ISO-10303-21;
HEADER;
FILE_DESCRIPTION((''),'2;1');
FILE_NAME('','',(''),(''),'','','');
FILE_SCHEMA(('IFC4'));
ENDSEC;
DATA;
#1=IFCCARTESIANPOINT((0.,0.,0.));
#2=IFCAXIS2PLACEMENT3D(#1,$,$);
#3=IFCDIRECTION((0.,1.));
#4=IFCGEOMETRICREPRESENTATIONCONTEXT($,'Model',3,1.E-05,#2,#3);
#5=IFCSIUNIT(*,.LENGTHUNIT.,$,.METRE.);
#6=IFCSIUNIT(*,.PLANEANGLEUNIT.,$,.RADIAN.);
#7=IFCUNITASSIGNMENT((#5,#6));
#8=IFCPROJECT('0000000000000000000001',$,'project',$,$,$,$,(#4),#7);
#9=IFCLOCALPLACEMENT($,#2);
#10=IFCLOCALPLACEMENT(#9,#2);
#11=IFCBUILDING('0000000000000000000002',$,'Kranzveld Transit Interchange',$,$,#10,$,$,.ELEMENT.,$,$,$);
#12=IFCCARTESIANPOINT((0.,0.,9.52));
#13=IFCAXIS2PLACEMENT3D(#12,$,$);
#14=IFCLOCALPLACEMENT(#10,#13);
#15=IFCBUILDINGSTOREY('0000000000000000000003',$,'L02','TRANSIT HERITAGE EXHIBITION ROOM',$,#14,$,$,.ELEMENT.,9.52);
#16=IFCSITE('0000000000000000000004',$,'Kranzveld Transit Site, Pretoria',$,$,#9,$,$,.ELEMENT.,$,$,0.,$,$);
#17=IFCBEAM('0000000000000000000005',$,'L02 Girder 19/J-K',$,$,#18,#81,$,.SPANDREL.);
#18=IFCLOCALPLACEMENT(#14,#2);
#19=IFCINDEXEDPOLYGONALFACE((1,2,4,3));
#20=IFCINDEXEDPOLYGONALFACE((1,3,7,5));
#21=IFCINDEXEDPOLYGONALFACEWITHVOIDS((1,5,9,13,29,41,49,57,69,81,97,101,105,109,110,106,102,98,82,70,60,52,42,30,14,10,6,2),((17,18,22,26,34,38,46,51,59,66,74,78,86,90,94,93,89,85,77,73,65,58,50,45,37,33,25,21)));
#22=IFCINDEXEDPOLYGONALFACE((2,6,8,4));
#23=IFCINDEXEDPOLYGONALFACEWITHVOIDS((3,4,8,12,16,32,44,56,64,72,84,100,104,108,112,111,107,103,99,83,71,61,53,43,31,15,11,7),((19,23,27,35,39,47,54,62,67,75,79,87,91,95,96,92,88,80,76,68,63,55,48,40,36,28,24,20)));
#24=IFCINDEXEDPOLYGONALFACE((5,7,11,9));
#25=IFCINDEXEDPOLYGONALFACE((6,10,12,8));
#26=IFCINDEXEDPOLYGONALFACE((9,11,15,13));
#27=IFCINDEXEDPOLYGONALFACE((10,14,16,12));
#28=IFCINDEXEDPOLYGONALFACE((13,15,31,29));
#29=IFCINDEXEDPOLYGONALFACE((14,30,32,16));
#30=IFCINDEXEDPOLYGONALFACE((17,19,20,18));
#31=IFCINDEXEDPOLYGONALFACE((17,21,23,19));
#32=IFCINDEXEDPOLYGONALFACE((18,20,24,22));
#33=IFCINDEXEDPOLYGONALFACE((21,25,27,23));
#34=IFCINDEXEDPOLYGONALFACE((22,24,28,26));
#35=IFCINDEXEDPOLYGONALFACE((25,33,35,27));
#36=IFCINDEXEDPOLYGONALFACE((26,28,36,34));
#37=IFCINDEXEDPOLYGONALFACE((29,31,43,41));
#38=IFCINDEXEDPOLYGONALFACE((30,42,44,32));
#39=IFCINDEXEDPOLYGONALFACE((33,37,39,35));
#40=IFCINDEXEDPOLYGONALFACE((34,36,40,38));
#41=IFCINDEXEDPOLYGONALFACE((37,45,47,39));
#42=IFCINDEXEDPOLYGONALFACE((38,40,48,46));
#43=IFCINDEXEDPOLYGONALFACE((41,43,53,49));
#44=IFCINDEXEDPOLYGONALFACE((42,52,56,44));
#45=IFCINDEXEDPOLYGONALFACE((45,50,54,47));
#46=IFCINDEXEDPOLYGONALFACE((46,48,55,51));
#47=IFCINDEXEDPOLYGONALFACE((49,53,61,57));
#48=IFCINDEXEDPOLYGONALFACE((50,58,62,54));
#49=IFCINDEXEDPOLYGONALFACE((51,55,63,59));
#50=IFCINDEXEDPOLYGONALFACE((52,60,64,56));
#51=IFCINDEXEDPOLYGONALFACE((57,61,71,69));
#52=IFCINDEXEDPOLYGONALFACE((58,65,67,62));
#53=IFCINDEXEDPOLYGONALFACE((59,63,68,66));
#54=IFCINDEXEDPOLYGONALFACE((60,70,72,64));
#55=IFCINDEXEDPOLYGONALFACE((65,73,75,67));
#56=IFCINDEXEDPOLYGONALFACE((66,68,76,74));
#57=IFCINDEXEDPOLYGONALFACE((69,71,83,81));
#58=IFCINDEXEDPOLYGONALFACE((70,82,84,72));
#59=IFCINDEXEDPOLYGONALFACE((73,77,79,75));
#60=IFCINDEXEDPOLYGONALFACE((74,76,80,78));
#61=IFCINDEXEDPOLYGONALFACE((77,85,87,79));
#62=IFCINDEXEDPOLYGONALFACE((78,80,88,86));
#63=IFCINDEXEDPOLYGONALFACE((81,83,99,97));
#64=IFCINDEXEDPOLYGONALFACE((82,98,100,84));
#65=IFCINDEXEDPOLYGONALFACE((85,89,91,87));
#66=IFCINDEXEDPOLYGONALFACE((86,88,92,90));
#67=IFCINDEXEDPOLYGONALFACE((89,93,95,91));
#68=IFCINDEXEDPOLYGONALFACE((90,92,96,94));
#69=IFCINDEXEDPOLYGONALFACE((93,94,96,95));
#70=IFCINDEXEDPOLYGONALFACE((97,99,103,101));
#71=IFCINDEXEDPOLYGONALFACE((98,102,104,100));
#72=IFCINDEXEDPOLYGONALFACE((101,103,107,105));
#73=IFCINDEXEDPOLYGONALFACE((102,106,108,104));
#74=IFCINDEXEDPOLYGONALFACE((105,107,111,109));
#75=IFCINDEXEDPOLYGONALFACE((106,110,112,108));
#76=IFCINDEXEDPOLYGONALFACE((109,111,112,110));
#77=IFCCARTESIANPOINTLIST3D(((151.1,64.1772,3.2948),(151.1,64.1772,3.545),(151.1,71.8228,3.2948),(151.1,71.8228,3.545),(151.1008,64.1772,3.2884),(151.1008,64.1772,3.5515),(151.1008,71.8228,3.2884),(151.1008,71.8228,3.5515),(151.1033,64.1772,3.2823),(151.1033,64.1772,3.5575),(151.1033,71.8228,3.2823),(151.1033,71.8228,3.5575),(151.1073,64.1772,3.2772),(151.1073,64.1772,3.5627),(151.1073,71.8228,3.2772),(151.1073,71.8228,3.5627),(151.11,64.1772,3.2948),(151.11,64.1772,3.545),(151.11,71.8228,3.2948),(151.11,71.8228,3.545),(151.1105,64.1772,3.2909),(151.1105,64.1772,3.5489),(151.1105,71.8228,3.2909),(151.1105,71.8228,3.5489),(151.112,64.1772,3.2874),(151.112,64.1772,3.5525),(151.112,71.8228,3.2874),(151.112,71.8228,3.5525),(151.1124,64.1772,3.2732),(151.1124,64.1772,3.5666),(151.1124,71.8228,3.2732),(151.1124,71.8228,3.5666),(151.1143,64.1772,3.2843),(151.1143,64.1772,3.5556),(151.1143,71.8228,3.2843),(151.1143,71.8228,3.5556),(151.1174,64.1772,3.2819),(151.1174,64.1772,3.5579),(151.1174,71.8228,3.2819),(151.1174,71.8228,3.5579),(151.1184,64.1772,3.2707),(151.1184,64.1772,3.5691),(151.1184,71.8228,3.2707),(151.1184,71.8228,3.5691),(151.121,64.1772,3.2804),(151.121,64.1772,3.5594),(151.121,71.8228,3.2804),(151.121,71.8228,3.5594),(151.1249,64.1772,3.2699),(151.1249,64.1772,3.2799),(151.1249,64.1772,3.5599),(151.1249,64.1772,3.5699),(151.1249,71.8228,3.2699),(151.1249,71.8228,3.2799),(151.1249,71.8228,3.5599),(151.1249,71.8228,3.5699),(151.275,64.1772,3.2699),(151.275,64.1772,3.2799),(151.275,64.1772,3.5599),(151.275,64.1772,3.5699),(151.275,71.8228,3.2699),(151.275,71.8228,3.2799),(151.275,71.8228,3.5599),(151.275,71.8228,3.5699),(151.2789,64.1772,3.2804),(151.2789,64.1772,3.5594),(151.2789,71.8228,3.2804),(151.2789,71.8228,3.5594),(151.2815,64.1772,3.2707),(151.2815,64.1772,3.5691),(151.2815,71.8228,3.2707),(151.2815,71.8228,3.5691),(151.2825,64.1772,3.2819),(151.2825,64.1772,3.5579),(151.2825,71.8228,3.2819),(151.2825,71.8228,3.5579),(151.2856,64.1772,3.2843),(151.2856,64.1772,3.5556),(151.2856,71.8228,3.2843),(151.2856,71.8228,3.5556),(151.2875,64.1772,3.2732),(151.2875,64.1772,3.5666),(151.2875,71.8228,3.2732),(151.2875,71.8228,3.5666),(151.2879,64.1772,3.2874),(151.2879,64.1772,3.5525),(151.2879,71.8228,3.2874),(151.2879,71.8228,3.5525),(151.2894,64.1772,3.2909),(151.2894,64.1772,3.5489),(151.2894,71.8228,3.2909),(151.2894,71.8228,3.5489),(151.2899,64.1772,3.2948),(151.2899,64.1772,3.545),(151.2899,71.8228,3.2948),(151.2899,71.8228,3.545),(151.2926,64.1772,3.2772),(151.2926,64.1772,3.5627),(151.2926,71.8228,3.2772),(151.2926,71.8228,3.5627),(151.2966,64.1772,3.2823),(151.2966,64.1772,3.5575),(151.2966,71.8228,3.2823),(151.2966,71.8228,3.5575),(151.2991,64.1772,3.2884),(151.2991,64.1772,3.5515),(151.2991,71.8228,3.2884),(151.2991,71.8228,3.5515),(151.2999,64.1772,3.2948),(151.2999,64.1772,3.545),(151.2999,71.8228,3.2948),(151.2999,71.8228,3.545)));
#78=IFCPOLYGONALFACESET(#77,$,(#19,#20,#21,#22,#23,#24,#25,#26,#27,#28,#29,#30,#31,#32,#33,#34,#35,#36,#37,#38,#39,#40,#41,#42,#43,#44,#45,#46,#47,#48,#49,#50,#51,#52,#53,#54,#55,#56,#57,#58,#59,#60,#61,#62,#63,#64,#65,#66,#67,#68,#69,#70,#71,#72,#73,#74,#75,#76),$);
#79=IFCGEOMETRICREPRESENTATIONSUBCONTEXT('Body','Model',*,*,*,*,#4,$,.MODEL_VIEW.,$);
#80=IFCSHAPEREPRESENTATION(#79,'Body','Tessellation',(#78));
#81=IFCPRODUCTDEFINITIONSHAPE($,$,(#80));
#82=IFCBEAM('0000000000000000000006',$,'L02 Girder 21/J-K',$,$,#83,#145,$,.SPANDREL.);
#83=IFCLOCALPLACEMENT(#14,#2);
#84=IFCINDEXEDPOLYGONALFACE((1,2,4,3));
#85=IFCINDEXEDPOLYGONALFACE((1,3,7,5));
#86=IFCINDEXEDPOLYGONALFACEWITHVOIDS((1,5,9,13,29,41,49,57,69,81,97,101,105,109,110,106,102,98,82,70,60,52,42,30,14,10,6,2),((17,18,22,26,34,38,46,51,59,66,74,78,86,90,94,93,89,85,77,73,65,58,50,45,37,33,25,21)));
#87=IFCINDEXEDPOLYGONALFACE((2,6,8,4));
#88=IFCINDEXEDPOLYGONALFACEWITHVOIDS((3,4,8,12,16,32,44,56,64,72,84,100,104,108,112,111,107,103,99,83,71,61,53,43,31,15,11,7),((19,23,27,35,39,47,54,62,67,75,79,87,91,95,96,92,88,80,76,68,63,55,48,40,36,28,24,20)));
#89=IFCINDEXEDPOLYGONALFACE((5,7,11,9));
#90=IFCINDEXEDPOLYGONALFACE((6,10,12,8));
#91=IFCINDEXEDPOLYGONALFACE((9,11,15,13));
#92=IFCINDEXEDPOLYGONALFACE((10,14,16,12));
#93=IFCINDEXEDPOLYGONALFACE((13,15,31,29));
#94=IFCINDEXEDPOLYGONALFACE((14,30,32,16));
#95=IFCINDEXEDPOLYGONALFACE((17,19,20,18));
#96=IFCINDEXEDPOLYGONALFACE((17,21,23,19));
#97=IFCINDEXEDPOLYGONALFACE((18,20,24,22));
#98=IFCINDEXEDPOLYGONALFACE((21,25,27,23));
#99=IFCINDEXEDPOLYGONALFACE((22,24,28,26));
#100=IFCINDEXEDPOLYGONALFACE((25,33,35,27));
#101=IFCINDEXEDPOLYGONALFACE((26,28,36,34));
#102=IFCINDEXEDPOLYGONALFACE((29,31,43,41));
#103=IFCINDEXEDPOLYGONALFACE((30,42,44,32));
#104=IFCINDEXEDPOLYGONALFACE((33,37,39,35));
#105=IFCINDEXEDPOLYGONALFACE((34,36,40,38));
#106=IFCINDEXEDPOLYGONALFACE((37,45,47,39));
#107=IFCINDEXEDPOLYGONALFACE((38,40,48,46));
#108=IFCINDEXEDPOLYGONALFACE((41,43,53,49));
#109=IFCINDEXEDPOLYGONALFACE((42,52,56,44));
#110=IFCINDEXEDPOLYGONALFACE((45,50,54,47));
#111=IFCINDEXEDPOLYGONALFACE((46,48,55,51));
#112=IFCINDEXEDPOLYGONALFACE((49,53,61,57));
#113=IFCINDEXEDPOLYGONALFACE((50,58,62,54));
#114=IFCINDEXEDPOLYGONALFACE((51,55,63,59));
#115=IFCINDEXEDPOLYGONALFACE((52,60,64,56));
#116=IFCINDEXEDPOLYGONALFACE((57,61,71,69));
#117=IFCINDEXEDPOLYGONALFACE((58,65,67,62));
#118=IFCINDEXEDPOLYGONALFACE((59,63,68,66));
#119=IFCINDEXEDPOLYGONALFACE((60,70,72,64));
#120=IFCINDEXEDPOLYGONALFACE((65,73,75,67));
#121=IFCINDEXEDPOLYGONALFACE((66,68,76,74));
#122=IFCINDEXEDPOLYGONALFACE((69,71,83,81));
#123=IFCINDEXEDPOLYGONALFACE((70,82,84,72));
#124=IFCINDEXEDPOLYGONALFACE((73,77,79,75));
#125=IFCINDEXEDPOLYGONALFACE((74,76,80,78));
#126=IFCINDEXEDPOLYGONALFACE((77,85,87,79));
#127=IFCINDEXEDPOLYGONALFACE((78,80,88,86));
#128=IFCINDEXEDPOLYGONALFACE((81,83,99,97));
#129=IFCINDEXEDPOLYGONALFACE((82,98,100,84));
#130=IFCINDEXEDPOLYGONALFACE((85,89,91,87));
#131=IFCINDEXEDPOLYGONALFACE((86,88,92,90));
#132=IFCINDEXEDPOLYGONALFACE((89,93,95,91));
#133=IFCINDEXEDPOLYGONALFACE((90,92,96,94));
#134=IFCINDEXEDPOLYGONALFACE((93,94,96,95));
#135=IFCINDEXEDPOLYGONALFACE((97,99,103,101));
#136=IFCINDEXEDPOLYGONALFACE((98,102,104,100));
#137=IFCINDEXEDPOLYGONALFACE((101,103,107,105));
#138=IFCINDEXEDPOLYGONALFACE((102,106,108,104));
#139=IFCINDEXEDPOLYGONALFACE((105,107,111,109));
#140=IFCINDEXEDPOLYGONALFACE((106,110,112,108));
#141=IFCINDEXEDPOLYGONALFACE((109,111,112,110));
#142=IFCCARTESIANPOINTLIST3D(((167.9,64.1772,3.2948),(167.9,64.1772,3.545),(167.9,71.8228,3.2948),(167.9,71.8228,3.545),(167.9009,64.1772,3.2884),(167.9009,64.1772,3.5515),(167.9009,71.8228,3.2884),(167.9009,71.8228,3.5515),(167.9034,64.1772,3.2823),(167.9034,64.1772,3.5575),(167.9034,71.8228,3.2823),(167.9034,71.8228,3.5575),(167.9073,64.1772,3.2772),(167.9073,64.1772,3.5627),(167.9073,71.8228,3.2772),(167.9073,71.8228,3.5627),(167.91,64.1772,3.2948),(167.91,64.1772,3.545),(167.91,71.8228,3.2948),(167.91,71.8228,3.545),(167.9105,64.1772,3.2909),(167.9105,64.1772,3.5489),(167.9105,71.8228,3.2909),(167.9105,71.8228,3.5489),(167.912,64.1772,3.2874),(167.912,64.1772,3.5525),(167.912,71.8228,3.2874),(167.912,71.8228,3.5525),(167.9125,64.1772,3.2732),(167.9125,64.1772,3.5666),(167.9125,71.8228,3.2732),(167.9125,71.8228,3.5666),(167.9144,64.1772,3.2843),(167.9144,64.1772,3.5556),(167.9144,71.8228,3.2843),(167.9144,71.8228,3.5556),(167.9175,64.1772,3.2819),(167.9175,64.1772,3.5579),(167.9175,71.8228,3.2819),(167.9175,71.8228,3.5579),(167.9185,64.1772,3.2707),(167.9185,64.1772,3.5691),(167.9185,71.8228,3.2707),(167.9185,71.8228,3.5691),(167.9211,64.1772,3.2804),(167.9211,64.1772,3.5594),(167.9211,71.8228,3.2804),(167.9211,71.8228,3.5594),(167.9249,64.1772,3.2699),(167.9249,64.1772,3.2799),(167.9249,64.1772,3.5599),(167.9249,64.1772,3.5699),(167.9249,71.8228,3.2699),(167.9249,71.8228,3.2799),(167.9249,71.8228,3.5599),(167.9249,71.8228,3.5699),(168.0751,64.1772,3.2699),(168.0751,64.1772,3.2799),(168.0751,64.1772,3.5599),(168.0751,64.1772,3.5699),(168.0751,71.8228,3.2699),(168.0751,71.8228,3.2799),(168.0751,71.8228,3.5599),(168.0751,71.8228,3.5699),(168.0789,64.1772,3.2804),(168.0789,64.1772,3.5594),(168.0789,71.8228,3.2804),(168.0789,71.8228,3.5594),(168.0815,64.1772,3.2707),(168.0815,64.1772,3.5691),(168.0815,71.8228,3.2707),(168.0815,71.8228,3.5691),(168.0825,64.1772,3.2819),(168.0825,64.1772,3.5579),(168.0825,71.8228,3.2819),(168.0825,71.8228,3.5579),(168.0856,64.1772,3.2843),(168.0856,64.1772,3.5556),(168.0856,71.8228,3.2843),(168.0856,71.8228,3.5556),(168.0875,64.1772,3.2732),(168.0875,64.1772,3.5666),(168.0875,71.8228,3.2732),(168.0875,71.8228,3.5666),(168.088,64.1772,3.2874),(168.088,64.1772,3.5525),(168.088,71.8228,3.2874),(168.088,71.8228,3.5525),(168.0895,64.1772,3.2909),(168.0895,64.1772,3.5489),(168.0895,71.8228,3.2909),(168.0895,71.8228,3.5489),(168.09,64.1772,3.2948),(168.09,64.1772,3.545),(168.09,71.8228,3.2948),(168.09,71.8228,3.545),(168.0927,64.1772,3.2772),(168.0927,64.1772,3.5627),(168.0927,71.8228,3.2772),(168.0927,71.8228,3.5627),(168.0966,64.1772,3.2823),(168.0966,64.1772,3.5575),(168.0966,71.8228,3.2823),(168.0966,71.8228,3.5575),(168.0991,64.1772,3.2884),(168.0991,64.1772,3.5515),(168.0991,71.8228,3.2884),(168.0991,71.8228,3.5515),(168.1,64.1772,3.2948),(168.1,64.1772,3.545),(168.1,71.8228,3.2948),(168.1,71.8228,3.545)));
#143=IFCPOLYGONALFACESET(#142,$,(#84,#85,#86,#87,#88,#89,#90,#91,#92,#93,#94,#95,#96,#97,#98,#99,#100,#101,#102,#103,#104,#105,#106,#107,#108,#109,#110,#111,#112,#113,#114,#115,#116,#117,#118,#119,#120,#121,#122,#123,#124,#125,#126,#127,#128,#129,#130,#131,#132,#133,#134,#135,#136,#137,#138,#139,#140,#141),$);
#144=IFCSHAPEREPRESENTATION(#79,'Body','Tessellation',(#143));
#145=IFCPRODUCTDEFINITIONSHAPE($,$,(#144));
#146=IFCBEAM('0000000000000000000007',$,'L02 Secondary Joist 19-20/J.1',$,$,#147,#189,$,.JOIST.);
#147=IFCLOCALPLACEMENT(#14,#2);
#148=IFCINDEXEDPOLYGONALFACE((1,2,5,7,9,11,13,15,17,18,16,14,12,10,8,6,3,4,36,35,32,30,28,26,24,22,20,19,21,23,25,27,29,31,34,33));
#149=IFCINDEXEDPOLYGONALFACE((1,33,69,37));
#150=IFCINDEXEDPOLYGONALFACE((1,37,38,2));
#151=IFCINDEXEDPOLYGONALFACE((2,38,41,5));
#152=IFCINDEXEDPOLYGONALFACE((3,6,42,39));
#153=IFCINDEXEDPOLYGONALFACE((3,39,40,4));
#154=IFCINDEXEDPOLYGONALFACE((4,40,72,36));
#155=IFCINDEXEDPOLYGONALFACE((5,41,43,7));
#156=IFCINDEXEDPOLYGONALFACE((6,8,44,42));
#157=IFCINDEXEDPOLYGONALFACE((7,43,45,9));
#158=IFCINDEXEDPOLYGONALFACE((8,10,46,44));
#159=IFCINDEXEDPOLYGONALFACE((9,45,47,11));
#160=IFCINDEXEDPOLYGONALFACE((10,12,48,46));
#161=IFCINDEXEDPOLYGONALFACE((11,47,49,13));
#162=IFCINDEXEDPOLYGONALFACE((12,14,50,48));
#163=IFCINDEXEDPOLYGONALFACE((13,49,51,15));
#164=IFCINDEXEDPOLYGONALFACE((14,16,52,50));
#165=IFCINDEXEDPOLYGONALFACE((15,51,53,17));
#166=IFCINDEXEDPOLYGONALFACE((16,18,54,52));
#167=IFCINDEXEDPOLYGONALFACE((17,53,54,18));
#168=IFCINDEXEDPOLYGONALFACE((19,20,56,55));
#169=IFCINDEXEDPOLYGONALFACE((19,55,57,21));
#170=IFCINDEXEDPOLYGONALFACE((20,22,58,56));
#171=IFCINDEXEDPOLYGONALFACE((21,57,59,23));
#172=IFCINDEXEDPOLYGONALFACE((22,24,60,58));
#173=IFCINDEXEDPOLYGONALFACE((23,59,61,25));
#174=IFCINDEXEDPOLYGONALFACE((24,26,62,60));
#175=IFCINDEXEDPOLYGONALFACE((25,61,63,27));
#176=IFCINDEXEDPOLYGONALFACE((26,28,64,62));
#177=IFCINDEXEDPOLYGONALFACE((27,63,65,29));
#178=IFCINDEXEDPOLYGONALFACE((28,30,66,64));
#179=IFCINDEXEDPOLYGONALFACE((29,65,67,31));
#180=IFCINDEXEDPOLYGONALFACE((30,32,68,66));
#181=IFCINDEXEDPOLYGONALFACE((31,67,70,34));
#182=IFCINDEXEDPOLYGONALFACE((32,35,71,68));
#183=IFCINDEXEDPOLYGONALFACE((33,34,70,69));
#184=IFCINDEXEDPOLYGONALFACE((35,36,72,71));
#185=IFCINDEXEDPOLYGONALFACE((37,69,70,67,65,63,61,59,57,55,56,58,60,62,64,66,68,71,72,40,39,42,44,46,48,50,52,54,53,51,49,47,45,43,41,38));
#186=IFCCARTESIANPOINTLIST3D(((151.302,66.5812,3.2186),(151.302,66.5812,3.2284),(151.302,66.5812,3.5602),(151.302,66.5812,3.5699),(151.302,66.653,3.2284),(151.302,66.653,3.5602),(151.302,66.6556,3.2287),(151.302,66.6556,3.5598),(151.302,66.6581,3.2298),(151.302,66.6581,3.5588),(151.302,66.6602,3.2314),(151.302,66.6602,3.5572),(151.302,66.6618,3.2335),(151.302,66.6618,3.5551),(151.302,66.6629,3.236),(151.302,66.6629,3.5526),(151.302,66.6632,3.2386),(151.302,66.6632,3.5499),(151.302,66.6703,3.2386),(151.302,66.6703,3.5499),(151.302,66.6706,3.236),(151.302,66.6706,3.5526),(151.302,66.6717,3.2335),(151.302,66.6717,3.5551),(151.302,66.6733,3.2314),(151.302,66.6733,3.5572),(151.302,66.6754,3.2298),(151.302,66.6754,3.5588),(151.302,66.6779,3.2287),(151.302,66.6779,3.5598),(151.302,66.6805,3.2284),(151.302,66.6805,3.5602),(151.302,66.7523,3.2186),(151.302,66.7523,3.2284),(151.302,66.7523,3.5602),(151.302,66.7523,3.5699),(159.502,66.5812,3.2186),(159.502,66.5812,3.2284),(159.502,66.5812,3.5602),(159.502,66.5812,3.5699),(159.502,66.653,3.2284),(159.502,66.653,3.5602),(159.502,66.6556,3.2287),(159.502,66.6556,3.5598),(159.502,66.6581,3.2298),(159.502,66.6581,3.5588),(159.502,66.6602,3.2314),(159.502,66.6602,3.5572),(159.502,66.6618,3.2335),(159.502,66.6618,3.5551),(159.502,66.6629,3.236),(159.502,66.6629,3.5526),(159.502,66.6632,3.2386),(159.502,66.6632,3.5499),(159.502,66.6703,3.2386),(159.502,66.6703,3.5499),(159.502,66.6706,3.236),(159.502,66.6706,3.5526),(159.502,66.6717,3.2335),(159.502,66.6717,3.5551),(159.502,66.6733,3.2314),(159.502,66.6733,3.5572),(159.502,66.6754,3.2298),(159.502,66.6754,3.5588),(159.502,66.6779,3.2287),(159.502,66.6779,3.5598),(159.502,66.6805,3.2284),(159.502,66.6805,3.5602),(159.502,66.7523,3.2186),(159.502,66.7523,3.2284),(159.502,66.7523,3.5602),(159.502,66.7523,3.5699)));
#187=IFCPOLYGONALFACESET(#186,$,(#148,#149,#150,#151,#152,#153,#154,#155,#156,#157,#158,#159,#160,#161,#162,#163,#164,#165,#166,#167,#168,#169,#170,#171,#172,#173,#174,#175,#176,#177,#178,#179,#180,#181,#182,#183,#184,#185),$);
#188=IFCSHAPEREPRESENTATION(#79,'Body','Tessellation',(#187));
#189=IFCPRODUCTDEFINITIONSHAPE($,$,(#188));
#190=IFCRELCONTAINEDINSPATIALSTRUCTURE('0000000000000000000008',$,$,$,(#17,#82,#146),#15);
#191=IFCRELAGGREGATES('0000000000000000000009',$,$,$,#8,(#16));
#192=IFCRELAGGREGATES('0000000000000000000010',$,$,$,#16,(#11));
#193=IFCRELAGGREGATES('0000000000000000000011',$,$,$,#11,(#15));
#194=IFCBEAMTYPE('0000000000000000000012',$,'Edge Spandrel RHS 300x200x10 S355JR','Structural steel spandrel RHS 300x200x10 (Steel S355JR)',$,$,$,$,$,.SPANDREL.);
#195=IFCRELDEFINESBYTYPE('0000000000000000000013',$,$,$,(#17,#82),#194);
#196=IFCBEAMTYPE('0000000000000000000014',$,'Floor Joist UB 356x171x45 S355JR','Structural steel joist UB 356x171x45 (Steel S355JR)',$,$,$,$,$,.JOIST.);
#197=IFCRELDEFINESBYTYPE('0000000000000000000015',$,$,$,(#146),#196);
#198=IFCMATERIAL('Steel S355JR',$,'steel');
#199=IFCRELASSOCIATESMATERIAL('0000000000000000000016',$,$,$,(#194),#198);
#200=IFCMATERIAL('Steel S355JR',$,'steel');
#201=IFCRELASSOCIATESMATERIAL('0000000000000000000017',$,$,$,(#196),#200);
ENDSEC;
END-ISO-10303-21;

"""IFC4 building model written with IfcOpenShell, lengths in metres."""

from ifc_helpers import new_model, si_unit, direction, frame, origin, origin_2d, place, context, subcontext, project, spatial, hollow_rectangle, i_section, extrude, material, material_profile, profile_set, type_object, element, save


model = new_model("IFC4")

# Units and contexts
model_context = context("Model", 3, precision=1e-05, world=origin(), true_north=direction((0.0, 1.0)))
body_context = subcontext(model_context, "Body", "Model", "MODEL_VIEW")
ifc_project = project(units=[si_unit("LENGTHUNIT", "METRE"), si_unit("PLANEANGLEUNIT", "RADIAN")], contexts=[model_context])

# Site, building, storey
site_placement = place(None, origin())
site = spatial("IfcSite", under=ifc_project, at=site_placement, Name="Kranzveld Transit Site, Pretoria", CompositionType="ELEMENT", RefElevation=0.0)
building_placement = place(site_placement, origin())
building = spatial("IfcBuilding", under=site, at=building_placement, Name="Kranzveld Transit Interchange", CompositionType="ELEMENT")
storey_placement = place(building_placement, frame((0.0, 0.0, 9.52)))
storey = spatial("IfcBuildingStorey", under=building, at=storey_placement, Name="L02", Description="TRANSIT HERITAGE EXHIBITION ROOM", CompositionType="ELEMENT", Elevation=9.52)

# Beams
ifc_material_1 = material(Name="Steel S355JR", Category="steel")
ifc_material_profile_1 = material_profile(ifc_material_1, hollow_rectangle(XDim=0.2, YDim=0.3, WallThickness=0.01, InnerFilletRadius=0.0149, OuterFilletRadius=0.0249, at=origin_2d()), Name="RHS 300x200x10")
ifc_profile_set_1 = profile_set([ifc_material_profile_1], Name="Steel S355JR")
beam_type_1 = type_object("IfcBeamType", Name="Edge Spandrel RHS 300x200x10 S355JR", Description="Structural steel spandrel RHS 300x200x10 (Steel S355JR)", PredefinedType="SPANDREL", material=ifc_profile_set_1)
for number, where, z_axis, x_axis, name in (
    (1, (151.2, 64.1772, 3.4199), (0.0, 1.0, 0.0), (-1.0, 0.0, 0.0), "L02 Girder 19/J-K"),
    (2, (168.0, 64.1772, 3.4199), (0.0, 1.0, 0.0), (-1.0, 0.0, 0.0), "L02 Girder 21/J-K"),
):
    element("IfcBeam", number, at=place(storey_placement, frame(where, z_axis=z_axis, x_axis=x_axis)), inside=storey, type_object=beam_type_1, Name=name, PredefinedType="SPANDREL", context=body_context, shape_type="SweptSolid", body=[
        extrude(hollow_rectangle(XDim=0.2, YDim=0.3, WallThickness=0.01, InnerFilletRadius=0.0149, OuterFilletRadius=0.0249, at=origin_2d()), origin(), (0.0, 0.0, 1.0), 7.6455),
    ])
ifc_material_2 = material(Name="Steel S355JR", Category="steel")
ifc_material_profile_2 = material_profile(ifc_material_2, i_section(OverallWidth=0.1711, OverallDepth=0.3513, WebThickness=0.0071, FlangeThickness=0.0098, FilletRadius=0.0103, at=origin_2d()), Name="UB 356x171x45")
ifc_profile_set_2 = profile_set([ifc_material_profile_2], Name="Steel S355JR")
beam_type_2 = type_object("IfcBeamType", Name="Floor Joist UB 356x171x45 S355JR", Description="Structural steel joist UB 356x171x45 (Steel S355JR)", PredefinedType="JOIST", material=ifc_profile_set_2)
for number, where, z_axis, x_axis, name in (
    (3, (151.302, 66.6667, 3.3943), (1.0, 0.0, 0.0), (0.0, 1.0, 0.0), "L02 Secondary Joist 19-20/J.1"),
):
    element("IfcBeam", number, at=place(storey_placement, frame(where, z_axis=z_axis, x_axis=x_axis)), inside=storey, type_object=beam_type_2, Name=name, PredefinedType="JOIST", context=body_context, shape_type="SweptSolid", body=[
        extrude(i_section(OverallWidth=0.1711, OverallDepth=0.3513, WebThickness=0.0071, FlangeThickness=0.0098, FilletRadius=0.0103, at=origin_2d()), origin(), (0.0, 0.0, 1.0), 8.2),
    ])

save(model, "model.ifc")
